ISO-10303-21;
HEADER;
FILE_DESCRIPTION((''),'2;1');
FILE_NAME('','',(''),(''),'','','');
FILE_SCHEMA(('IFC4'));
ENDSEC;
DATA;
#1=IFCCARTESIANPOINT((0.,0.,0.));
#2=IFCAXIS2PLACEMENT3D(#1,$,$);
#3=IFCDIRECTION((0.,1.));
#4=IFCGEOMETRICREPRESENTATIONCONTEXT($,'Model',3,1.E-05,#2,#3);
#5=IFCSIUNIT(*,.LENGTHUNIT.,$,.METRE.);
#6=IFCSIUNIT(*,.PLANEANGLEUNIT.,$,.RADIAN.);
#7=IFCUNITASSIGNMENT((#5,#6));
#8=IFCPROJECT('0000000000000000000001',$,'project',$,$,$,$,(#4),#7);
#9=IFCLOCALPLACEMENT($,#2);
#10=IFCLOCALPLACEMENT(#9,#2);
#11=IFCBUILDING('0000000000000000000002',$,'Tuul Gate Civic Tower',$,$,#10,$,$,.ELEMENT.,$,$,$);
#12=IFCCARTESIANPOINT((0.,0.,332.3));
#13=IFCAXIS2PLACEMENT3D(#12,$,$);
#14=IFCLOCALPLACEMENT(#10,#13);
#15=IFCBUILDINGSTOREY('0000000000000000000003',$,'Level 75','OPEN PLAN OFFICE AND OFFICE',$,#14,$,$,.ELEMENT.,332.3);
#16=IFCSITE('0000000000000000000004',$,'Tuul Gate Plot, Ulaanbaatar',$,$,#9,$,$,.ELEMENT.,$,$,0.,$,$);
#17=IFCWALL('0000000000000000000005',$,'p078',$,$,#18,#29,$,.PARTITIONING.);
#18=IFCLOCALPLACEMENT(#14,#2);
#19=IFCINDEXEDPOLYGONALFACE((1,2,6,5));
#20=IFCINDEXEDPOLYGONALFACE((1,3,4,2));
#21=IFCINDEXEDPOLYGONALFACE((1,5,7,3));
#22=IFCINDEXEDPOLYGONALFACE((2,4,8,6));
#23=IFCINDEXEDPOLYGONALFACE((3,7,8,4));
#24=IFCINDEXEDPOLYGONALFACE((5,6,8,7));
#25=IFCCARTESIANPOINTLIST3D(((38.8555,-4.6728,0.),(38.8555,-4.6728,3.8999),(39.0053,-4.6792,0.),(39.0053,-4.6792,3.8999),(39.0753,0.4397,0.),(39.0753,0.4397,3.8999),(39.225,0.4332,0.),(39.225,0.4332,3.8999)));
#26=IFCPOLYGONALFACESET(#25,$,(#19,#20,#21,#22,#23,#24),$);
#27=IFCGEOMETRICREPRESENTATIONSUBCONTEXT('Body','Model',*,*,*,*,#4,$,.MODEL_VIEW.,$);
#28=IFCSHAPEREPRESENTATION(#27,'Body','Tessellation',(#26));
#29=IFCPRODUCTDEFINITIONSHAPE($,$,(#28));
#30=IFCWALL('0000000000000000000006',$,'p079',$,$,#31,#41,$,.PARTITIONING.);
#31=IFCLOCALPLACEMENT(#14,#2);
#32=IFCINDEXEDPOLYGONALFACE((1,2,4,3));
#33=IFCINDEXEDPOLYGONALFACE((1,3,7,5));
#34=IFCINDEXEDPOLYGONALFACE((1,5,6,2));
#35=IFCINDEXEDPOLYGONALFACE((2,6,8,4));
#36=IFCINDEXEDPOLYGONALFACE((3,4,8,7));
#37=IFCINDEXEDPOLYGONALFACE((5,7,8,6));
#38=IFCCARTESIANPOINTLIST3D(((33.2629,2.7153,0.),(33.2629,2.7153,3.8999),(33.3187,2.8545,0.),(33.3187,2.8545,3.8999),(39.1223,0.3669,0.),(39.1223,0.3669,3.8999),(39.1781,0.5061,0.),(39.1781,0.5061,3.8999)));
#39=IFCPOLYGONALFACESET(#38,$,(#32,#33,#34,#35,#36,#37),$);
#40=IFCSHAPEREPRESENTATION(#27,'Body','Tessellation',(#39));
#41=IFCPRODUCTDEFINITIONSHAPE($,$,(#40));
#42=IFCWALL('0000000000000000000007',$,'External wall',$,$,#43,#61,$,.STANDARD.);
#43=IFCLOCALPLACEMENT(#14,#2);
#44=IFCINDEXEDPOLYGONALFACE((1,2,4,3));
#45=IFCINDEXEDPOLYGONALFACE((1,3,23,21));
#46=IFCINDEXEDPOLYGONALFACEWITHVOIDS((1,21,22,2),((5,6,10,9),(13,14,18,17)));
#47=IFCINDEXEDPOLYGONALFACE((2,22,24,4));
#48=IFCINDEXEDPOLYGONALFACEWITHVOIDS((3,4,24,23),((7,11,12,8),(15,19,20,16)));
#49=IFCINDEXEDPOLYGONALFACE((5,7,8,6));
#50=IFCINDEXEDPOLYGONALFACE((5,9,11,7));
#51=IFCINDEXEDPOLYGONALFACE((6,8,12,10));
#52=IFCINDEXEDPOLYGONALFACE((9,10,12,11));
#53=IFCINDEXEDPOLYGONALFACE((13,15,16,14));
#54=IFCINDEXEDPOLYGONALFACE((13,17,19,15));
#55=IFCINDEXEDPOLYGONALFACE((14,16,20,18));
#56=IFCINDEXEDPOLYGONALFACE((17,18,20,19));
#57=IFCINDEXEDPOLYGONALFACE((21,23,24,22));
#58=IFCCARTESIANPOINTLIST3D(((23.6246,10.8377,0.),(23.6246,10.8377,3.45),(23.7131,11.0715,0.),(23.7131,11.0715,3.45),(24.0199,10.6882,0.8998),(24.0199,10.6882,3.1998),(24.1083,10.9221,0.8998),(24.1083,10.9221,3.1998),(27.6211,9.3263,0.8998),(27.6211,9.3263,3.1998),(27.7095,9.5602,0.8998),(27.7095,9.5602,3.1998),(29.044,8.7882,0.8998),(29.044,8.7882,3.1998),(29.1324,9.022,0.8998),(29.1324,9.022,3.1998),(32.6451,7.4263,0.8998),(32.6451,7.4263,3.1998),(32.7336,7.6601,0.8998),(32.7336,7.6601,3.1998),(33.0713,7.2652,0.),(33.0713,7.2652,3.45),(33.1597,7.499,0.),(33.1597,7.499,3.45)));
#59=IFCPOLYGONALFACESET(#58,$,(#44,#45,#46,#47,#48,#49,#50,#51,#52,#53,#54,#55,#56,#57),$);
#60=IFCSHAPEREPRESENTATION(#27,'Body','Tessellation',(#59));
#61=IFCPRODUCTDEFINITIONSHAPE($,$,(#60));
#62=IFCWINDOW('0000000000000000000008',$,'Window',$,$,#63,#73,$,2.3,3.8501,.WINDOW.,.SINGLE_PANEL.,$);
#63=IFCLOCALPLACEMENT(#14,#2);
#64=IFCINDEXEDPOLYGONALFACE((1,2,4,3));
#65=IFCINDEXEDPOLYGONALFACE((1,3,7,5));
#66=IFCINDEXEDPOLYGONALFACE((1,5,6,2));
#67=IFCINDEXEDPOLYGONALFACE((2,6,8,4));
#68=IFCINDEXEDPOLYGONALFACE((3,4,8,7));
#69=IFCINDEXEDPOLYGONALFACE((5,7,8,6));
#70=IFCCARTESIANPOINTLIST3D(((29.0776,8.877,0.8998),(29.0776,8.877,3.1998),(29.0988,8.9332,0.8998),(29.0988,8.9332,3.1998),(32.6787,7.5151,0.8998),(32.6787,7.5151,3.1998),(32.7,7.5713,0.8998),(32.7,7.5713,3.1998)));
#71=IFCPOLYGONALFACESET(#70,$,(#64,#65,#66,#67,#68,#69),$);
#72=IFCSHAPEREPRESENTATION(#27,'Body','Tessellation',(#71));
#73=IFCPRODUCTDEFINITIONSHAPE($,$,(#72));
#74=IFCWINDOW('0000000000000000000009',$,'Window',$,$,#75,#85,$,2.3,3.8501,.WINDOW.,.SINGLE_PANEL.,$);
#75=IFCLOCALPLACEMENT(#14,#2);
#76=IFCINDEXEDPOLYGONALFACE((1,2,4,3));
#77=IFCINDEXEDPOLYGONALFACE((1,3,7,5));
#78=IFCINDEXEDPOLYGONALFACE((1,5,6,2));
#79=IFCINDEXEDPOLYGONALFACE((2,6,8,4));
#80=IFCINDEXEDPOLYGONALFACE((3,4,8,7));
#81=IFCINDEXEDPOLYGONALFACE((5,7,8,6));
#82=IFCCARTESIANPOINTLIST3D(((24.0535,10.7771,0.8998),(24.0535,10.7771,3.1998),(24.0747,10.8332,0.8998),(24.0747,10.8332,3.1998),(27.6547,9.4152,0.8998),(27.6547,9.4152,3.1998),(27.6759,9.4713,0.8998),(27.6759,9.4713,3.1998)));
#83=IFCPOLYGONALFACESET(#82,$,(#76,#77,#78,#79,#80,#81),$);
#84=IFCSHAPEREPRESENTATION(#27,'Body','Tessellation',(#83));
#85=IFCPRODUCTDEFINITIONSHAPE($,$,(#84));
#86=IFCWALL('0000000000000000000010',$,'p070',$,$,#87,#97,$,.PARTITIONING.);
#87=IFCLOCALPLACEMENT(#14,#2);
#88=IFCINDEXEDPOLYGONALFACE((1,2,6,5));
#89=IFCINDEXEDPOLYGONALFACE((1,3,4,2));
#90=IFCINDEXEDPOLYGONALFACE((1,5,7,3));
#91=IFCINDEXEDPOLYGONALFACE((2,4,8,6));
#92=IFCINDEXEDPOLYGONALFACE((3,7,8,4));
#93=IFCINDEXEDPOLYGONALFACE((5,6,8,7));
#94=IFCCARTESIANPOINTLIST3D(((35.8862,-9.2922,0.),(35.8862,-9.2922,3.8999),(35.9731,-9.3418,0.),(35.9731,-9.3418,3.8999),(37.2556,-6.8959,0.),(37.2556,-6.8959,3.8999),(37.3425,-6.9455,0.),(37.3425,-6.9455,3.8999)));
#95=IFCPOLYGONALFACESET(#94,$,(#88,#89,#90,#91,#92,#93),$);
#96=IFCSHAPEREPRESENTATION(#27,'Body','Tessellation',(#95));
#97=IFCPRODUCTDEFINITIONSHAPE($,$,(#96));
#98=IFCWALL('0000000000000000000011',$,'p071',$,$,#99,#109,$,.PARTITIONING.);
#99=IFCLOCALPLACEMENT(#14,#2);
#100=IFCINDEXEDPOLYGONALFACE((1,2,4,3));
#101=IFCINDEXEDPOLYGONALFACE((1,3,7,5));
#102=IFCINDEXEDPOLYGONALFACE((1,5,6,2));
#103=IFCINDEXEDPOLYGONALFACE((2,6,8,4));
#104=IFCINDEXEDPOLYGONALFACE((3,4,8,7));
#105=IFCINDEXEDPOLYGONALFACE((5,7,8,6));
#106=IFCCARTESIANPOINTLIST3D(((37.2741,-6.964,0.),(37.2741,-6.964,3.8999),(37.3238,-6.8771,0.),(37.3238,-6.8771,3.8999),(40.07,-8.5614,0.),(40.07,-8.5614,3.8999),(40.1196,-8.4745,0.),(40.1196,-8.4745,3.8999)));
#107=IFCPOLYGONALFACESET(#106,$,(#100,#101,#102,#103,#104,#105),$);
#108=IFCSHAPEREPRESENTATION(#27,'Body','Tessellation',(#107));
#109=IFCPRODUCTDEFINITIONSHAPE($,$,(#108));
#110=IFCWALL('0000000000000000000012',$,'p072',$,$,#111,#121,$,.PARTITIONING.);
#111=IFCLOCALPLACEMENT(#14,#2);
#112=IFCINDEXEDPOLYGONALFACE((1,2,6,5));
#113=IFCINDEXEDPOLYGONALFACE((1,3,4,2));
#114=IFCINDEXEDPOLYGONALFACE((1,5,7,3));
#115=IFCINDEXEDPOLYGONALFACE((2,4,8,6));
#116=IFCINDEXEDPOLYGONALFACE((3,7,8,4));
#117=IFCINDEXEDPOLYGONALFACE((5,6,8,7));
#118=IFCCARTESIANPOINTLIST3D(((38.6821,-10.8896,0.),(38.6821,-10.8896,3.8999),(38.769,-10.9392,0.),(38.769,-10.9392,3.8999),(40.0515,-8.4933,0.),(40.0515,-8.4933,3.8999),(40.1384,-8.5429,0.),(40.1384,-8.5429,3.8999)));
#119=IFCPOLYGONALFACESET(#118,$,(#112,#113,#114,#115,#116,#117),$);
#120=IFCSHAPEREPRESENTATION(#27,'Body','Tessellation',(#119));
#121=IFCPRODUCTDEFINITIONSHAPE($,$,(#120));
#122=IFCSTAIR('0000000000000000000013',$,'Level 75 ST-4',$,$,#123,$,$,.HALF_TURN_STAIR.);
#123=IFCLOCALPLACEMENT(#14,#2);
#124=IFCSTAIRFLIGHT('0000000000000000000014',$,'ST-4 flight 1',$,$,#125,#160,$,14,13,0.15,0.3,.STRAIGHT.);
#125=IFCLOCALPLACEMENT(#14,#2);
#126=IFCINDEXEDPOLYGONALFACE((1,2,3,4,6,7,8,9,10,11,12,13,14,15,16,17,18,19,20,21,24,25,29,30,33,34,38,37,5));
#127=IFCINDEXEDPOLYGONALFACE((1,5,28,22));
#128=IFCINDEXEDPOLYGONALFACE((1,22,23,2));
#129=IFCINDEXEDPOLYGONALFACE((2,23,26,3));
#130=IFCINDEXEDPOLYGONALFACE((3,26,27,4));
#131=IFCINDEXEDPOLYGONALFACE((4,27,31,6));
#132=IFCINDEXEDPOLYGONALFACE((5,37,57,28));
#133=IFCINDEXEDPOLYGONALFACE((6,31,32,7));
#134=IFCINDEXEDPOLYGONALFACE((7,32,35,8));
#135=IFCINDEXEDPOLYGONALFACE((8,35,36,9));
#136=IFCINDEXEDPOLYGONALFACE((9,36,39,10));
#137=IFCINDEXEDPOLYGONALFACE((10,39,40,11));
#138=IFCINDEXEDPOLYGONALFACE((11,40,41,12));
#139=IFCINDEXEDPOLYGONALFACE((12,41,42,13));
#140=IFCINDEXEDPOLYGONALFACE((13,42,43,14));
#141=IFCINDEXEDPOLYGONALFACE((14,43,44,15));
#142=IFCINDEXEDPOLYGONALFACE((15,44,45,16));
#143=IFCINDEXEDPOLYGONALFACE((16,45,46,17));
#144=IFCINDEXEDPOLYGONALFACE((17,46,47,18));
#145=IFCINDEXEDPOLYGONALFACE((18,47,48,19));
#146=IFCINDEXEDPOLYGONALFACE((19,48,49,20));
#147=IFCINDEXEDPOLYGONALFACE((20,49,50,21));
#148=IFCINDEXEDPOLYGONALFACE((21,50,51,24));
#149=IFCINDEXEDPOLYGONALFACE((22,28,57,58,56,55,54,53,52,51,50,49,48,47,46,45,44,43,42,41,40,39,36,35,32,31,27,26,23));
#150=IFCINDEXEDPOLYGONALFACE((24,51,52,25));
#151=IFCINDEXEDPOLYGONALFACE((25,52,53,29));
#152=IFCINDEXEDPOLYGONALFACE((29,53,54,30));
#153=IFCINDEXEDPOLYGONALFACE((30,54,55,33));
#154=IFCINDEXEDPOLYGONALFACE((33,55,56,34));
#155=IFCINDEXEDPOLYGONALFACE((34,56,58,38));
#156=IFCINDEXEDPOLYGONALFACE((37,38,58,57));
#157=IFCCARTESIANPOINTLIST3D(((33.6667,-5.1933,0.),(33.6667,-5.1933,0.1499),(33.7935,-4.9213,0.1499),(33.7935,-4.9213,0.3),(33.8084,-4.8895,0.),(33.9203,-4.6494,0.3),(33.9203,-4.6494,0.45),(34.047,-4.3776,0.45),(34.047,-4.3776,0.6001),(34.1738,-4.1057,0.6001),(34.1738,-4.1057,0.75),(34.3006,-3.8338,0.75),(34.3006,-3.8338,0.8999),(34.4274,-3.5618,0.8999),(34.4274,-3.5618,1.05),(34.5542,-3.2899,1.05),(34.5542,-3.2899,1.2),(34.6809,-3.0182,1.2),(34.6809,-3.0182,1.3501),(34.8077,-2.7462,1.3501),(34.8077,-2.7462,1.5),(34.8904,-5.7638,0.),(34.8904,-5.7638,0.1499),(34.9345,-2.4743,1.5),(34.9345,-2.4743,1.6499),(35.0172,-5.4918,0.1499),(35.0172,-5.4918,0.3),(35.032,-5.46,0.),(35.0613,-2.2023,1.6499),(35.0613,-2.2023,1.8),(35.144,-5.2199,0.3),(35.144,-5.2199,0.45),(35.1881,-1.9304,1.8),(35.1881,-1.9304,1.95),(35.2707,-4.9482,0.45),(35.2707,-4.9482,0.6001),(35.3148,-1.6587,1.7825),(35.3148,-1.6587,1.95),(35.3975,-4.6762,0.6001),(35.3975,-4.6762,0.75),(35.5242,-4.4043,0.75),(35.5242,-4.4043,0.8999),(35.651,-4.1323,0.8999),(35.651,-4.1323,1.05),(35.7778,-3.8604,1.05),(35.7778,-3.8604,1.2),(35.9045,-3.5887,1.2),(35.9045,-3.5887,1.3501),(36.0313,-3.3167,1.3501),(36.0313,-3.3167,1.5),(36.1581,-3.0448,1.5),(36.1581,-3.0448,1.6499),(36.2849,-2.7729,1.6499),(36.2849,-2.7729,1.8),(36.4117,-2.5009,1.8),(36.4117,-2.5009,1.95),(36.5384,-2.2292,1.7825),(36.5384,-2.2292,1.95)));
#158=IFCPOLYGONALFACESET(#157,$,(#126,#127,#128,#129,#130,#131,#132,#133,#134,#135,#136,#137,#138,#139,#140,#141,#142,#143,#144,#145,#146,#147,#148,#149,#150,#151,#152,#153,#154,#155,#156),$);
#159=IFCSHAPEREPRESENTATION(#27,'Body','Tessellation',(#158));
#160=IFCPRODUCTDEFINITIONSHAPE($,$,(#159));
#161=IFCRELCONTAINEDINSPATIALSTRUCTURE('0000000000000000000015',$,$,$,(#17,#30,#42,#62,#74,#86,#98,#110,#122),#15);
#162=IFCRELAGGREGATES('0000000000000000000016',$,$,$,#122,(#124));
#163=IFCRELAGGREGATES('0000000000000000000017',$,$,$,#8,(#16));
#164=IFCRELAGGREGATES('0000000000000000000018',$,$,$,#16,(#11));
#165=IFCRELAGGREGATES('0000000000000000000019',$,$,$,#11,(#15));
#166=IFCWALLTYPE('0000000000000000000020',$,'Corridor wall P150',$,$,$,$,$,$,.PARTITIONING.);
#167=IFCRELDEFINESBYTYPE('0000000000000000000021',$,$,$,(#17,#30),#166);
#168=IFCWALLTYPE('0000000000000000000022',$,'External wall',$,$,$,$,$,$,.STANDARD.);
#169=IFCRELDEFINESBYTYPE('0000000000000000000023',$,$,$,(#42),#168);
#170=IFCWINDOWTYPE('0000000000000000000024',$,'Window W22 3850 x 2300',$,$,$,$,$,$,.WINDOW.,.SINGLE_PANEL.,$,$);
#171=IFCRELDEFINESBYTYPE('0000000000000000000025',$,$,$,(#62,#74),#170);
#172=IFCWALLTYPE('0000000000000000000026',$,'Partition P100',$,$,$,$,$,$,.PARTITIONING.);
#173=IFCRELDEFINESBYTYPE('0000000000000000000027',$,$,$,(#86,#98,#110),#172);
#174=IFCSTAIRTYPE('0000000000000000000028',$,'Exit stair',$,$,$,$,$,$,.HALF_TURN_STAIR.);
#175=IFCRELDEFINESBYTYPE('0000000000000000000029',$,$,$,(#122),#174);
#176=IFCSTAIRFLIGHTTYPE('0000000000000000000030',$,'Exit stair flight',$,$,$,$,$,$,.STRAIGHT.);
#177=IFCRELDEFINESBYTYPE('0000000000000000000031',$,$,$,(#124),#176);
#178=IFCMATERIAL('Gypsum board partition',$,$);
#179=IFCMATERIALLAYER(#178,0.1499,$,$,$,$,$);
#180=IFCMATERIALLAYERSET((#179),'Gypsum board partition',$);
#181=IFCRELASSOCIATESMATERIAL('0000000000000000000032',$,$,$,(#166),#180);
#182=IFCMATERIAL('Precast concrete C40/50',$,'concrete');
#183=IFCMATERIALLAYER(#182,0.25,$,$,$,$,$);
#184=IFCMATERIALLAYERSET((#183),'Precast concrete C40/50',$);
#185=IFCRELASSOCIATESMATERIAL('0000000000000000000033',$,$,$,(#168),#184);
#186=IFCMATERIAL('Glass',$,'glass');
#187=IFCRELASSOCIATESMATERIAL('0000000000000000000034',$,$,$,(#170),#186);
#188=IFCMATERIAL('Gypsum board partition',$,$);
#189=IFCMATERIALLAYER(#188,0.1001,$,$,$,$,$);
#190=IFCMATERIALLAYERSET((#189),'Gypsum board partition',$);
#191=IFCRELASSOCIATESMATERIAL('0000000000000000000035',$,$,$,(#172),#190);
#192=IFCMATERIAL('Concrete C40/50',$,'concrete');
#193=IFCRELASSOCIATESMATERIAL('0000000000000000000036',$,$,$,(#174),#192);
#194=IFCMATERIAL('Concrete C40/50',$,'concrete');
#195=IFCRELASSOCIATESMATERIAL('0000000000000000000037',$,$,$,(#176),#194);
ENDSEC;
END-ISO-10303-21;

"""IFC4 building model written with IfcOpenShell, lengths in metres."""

from ifc_helpers import new_model, si_unit, direction, frame, frame_2d, origin, place, context, subcontext, project, spatial, polyline, rectangle, outline, extrude, material, layer, layer_set, type_object, element, fill, aggregate, save


model = new_model("IFC4")

# Units and contexts
model_context = context("Model", 3, precision=1e-05, world=origin(), true_north=direction((0.0, 1.0)))
body_context = subcontext(model_context, "Body", "Model", "MODEL_VIEW")
ifc_project = project(units=[si_unit("LENGTHUNIT", "METRE"), si_unit("PLANEANGLEUNIT", "RADIAN")], contexts=[model_context])

# Site, building, storey
site_placement = place(None, origin())
site = spatial("IfcSite", under=ifc_project, at=site_placement, Name="Tuul Gate Plot, Ulaanbaatar", CompositionType="ELEMENT", RefElevation=0.0)
building_placement = place(site_placement, origin())
building = spatial("IfcBuilding", under=site, at=building_placement, Name="Tuul Gate Civic Tower", CompositionType="ELEMENT")
storey_placement = place(building_placement, frame((0.0, 0.0, 332.3)))
storey = spatial("IfcBuildingStorey", under=building, at=storey_placement, Name="Level 75", Description="OPEN PLAN OFFICE AND OFFICE", CompositionType="ELEMENT", Elevation=332.3)

# Walls
ifc_material_1 = material(Name="Gypsum board partition")
ifc_layer_1 = layer(ifc_material_1, 0.1499)
ifc_layer_set_1 = layer_set([ifc_layer_1], Name="Gypsum board partition")
wall_type_1 = type_object("IfcWallType", Name="Corridor wall P150", PredefinedType="PARTITIONING", material=ifc_layer_set_1)
wall_1_placement = place(storey_placement, frame((38.9304, -4.676, 0.0), z_axis=(0.0, 0.0, 1.0), x_axis=(0.042938, 0.999078, 0.0)))
element("IfcWall", 1, at=wall_1_placement, inside=storey, type_object=wall_type_1, Name="p078", PredefinedType="PARTITIONING", context=body_context, shape_type="SweptSolid", body=[
    extrude(rectangle(XDim=5.1172, YDim=0.1499, at=frame_2d((2.5586, 0.0))), origin(), (0.0, 0.0, 1.0), 3.8999),
])
wall_2_placement = place(storey_placement, frame((33.2908, 2.7849, 0.0), z_axis=(0.0, 0.0, 1.0), x_axis=(0.928223, -0.372024, 0.0)))
element("IfcWall", 2, at=wall_2_placement, inside=storey, type_object=wall_type_1, Name="p079", PredefinedType="PARTITIONING", context=body_context, shape_type="SweptSolid", body=[
    extrude(rectangle(XDim=6.3125, YDim=0.1499, at=frame_2d((3.1562, 0.0))), origin(), (0.0, 0.0, 1.0), 3.8999),
])

# Wall, openings, windows
ifc_material_2 = material(Name="Precast concrete C40/50", Category="concrete")
ifc_layer_2 = layer(ifc_material_2, 0.25)
ifc_layer_set_2 = layer_set([ifc_layer_2], Name="Precast concrete C40/50")
wall_type_2 = type_object("IfcWallType", Name="External wall", PredefinedType="STANDARD", material=ifc_layer_set_2)
wall_3_placement = place(storey_placement, frame((33.1155, 7.3821, 0.0), z_axis=(0.0, 0.0, 1.0), x_axis=(-0.935347, 0.353731, 0.0)))
wall_3 = element("IfcWall", 3, at=wall_3_placement, inside=storey, type_object=wall_type_2, Name="External wall", PredefinedType="STANDARD", context=body_context, shape_type="SweptSolid", body=[
    extrude(rectangle(XDim=10.0996, YDim=0.25, at=frame_2d((5.0498, 0.0))), origin(), (0.0, 0.0, 1.0), 3.45),
])
opening_1_placement = place(wall_3_placement, frame((0.4556, 0.0, 0.8999)))
opening_1 = element("IfcOpeningElement", 4, at=opening_1_placement, cuts=wall_3, PredefinedType="OPENING", context=body_context, shape_type="SweptSolid", body=[
    extrude(rectangle(XDim=3.8501, YDim=2.3, at=frame_2d((1.925, 1.1499))), frame((0.0, 0.135, 0.0), z_axis=(0.0, -1.0, 0.0), x_axis=(1.0, 0.0, 0.0)), (0.0, 0.0, 1.0), 0.27),
])
opening_2_placement = place(wall_3_placement, frame((5.8269, 0.0, 0.8999)))
opening_2 = element("IfcOpeningElement", 5, at=opening_2_placement, cuts=wall_3, PredefinedType="OPENING", context=body_context, shape_type="SweptSolid", body=[
    extrude(rectangle(XDim=3.8501, YDim=2.3, at=frame_2d((1.925, 1.1499))), frame((0.0, 0.135, 0.0), z_axis=(0.0, -1.0, 0.0), x_axis=(1.0, 0.0, 0.0)), (0.0, 0.0, 1.0), 0.27),
])
ifc_material_3 = material(Name="Glass", Category="glass")
window_type = type_object("IfcWindowType", Name="Window W22 3850 x 2300", PartitioningType="SINGLE_PANEL", PredefinedType="WINDOW", material=ifc_material_3)
window_1_placement = place(opening_1_placement, origin())
window_1 = element("IfcWindow", 6, at=window_1_placement, inside=storey, type_object=window_type, Name="Window", OverallHeight=2.3, OverallWidth=3.8501, PartitioningType="SINGLE_PANEL", PredefinedType="WINDOW", context=body_context, shape_type="SweptSolid", body=[
    extrude(rectangle(XDim=3.8501, YDim=2.3, at=frame_2d((1.925, 1.1499))), frame((0.0, 0.03, 0.0), z_axis=(0.0, -1.0, 0.0), x_axis=(1.0, 0.0, 0.0)), (0.0, 0.0, 1.0), 0.0601),
])
fill(opening_1, window_1)
window_2_placement = place(opening_2_placement, origin())
window_2 = element("IfcWindow", 7, at=window_2_placement, inside=storey, type_object=window_type, Name="Window", OverallHeight=2.3, OverallWidth=3.8501, PartitioningType="SINGLE_PANEL", PredefinedType="WINDOW", context=body_context, shape_type="SweptSolid", body=[
    extrude(rectangle(XDim=3.8501, YDim=2.3, at=frame_2d((1.925, 1.1499))), frame((0.0, 0.03, 0.0), z_axis=(0.0, -1.0, 0.0), x_axis=(1.0, 0.0, 0.0)), (0.0, 0.0, 1.0), 0.0601),
])
fill(opening_2, window_2)

# Walls
ifc_material_4 = material(Name="Gypsum board partition")
ifc_layer_3 = layer(ifc_material_4, 0.1001)
ifc_layer_set_3 = layer_set([ifc_layer_3], Name="Gypsum board partition")
wall_type_3 = type_object("IfcWallType", Name="Partition P100", PredefinedType="PARTITIONING", material=ifc_layer_set_3)
wall_4_placement = place(storey_placement, frame((35.9297, -9.3169, 0.0), z_axis=(0.0, 0.0, 1.0), x_axis=(0.496168, 0.868227, 0.0)))
element("IfcWall", 8, at=wall_4_placement, inside=storey, type_object=wall_type_3, Name="p070", PredefinedType="PARTITIONING", context=body_context, shape_type="SweptSolid", body=[
    extrude(rectangle(XDim=2.76, YDim=0.1001, at=frame_2d((1.3799, 0.0))), origin(), (0.0, 0.0, 1.0), 3.8999),
])
wall_5_placement = place(storey_placement, frame((37.2991, -6.9207, 0.0), z_axis=(0.0, 0.0, 1.0), x_axis=(0.868276, -0.496082, 0.0)))
element("IfcWall", 9, at=wall_5_placement, inside=storey, type_object=wall_type_3, Name="p071", PredefinedType="PARTITIONING", context=body_context, shape_type="SweptSolid", body=[
    extrude(rectangle(XDim=3.22, YDim=0.1001, at=frame_2d((1.6099, 0.0))), origin(), (0.0, 0.0, 1.0), 3.8999),
])
wall_6_placement = place(storey_placement, frame((38.7256, -10.9143, 0.0), z_axis=(0.0, 0.0, 1.0), x_axis=(0.496168, 0.868227, 0.0)))
element("IfcWall", 10, at=wall_6_placement, inside=storey, type_object=wall_type_3, Name="p072", PredefinedType="PARTITIONING", context=body_context, shape_type="SweptSolid", body=[
    extrude(rectangle(XDim=2.76, YDim=0.1001, at=frame_2d((1.3799, 0.0))), origin(), (0.0, 0.0, 1.0), 3.8999),
])

# Stair, stair flight
ifc_material_5 = material(Name="Concrete C40/50", Category="concrete")
stair_type = type_object("IfcStairType", Name="Exit stair", PredefinedType="HALF_TURN_STAIR", material=ifc_material_5)
stair_placement = place(storey_placement, origin())
stair = element("IfcStair", 11, at=stair_placement, inside=storey, type_object=stair_type, Name="Level 75 ST-4", PredefinedType="HALF_TURN_STAIR")
ifc_material_6 = material(Name="Concrete C40/50", Category="concrete")
stair_flight_type = type_object("IfcStairFlightType", Name="Exit stair flight", PredefinedType="STRAIGHT", material=ifc_material_6)
stair_flight_1_placement = place(storey_placement, frame((34.2786, -5.4785, 0.0), z_axis=(0.0, 0.0, 1.0), x_axis=(0.422576, 0.906327, 0.0)))
stair_flight_1 = element("IfcStairFlight", 12, at=stair_flight_1_placement, type_object=stair_flight_type, Name="ST-4 flight 1", NumberOfRisers=14, NumberOfTreads=13, PredefinedType="STRAIGHT", RiserHeight=0.15, TreadLength=0.3, context=body_context, shape_type="SweptSolid", body=[
    extrude(outline(polyline([(0.0, 0.0), (0.0, 0.1499), (0.3, 0.1499), (0.3, 0.3), (0.6001, 0.3), (0.6001, 0.45), (0.8999, 0.45), (0.8999, 0.6001), (1.2, 0.6001), (1.2, 0.75), (1.5, 0.75), (1.5, 0.8999), (1.8, 0.8999), (1.8, 1.05), (2.1001, 1.05), (2.1001, 1.2), (2.3999, 1.2), (2.3999, 1.3501), (2.7, 1.3501), (2.7, 1.5), (3.0, 1.5), (3.0, 1.6499), (3.3, 1.6499), (3.3, 1.8), (3.6001, 1.8), (3.6001, 1.95), (3.8999, 1.95), (3.8999, 2.1001), (3.8999, 1.7825), (0.3352, 0.0), (0.0, 0.0)])), frame((0.0, 0.675, 0.0), z_axis=(0.0, -1.0, 0.0), x_axis=(1.0, 0.0, 0.0)), (0.0, 0.0, 1.0), 1.3501),
])
aggregate(stair, [stair_flight_1])

save(model, "model.ifc")
